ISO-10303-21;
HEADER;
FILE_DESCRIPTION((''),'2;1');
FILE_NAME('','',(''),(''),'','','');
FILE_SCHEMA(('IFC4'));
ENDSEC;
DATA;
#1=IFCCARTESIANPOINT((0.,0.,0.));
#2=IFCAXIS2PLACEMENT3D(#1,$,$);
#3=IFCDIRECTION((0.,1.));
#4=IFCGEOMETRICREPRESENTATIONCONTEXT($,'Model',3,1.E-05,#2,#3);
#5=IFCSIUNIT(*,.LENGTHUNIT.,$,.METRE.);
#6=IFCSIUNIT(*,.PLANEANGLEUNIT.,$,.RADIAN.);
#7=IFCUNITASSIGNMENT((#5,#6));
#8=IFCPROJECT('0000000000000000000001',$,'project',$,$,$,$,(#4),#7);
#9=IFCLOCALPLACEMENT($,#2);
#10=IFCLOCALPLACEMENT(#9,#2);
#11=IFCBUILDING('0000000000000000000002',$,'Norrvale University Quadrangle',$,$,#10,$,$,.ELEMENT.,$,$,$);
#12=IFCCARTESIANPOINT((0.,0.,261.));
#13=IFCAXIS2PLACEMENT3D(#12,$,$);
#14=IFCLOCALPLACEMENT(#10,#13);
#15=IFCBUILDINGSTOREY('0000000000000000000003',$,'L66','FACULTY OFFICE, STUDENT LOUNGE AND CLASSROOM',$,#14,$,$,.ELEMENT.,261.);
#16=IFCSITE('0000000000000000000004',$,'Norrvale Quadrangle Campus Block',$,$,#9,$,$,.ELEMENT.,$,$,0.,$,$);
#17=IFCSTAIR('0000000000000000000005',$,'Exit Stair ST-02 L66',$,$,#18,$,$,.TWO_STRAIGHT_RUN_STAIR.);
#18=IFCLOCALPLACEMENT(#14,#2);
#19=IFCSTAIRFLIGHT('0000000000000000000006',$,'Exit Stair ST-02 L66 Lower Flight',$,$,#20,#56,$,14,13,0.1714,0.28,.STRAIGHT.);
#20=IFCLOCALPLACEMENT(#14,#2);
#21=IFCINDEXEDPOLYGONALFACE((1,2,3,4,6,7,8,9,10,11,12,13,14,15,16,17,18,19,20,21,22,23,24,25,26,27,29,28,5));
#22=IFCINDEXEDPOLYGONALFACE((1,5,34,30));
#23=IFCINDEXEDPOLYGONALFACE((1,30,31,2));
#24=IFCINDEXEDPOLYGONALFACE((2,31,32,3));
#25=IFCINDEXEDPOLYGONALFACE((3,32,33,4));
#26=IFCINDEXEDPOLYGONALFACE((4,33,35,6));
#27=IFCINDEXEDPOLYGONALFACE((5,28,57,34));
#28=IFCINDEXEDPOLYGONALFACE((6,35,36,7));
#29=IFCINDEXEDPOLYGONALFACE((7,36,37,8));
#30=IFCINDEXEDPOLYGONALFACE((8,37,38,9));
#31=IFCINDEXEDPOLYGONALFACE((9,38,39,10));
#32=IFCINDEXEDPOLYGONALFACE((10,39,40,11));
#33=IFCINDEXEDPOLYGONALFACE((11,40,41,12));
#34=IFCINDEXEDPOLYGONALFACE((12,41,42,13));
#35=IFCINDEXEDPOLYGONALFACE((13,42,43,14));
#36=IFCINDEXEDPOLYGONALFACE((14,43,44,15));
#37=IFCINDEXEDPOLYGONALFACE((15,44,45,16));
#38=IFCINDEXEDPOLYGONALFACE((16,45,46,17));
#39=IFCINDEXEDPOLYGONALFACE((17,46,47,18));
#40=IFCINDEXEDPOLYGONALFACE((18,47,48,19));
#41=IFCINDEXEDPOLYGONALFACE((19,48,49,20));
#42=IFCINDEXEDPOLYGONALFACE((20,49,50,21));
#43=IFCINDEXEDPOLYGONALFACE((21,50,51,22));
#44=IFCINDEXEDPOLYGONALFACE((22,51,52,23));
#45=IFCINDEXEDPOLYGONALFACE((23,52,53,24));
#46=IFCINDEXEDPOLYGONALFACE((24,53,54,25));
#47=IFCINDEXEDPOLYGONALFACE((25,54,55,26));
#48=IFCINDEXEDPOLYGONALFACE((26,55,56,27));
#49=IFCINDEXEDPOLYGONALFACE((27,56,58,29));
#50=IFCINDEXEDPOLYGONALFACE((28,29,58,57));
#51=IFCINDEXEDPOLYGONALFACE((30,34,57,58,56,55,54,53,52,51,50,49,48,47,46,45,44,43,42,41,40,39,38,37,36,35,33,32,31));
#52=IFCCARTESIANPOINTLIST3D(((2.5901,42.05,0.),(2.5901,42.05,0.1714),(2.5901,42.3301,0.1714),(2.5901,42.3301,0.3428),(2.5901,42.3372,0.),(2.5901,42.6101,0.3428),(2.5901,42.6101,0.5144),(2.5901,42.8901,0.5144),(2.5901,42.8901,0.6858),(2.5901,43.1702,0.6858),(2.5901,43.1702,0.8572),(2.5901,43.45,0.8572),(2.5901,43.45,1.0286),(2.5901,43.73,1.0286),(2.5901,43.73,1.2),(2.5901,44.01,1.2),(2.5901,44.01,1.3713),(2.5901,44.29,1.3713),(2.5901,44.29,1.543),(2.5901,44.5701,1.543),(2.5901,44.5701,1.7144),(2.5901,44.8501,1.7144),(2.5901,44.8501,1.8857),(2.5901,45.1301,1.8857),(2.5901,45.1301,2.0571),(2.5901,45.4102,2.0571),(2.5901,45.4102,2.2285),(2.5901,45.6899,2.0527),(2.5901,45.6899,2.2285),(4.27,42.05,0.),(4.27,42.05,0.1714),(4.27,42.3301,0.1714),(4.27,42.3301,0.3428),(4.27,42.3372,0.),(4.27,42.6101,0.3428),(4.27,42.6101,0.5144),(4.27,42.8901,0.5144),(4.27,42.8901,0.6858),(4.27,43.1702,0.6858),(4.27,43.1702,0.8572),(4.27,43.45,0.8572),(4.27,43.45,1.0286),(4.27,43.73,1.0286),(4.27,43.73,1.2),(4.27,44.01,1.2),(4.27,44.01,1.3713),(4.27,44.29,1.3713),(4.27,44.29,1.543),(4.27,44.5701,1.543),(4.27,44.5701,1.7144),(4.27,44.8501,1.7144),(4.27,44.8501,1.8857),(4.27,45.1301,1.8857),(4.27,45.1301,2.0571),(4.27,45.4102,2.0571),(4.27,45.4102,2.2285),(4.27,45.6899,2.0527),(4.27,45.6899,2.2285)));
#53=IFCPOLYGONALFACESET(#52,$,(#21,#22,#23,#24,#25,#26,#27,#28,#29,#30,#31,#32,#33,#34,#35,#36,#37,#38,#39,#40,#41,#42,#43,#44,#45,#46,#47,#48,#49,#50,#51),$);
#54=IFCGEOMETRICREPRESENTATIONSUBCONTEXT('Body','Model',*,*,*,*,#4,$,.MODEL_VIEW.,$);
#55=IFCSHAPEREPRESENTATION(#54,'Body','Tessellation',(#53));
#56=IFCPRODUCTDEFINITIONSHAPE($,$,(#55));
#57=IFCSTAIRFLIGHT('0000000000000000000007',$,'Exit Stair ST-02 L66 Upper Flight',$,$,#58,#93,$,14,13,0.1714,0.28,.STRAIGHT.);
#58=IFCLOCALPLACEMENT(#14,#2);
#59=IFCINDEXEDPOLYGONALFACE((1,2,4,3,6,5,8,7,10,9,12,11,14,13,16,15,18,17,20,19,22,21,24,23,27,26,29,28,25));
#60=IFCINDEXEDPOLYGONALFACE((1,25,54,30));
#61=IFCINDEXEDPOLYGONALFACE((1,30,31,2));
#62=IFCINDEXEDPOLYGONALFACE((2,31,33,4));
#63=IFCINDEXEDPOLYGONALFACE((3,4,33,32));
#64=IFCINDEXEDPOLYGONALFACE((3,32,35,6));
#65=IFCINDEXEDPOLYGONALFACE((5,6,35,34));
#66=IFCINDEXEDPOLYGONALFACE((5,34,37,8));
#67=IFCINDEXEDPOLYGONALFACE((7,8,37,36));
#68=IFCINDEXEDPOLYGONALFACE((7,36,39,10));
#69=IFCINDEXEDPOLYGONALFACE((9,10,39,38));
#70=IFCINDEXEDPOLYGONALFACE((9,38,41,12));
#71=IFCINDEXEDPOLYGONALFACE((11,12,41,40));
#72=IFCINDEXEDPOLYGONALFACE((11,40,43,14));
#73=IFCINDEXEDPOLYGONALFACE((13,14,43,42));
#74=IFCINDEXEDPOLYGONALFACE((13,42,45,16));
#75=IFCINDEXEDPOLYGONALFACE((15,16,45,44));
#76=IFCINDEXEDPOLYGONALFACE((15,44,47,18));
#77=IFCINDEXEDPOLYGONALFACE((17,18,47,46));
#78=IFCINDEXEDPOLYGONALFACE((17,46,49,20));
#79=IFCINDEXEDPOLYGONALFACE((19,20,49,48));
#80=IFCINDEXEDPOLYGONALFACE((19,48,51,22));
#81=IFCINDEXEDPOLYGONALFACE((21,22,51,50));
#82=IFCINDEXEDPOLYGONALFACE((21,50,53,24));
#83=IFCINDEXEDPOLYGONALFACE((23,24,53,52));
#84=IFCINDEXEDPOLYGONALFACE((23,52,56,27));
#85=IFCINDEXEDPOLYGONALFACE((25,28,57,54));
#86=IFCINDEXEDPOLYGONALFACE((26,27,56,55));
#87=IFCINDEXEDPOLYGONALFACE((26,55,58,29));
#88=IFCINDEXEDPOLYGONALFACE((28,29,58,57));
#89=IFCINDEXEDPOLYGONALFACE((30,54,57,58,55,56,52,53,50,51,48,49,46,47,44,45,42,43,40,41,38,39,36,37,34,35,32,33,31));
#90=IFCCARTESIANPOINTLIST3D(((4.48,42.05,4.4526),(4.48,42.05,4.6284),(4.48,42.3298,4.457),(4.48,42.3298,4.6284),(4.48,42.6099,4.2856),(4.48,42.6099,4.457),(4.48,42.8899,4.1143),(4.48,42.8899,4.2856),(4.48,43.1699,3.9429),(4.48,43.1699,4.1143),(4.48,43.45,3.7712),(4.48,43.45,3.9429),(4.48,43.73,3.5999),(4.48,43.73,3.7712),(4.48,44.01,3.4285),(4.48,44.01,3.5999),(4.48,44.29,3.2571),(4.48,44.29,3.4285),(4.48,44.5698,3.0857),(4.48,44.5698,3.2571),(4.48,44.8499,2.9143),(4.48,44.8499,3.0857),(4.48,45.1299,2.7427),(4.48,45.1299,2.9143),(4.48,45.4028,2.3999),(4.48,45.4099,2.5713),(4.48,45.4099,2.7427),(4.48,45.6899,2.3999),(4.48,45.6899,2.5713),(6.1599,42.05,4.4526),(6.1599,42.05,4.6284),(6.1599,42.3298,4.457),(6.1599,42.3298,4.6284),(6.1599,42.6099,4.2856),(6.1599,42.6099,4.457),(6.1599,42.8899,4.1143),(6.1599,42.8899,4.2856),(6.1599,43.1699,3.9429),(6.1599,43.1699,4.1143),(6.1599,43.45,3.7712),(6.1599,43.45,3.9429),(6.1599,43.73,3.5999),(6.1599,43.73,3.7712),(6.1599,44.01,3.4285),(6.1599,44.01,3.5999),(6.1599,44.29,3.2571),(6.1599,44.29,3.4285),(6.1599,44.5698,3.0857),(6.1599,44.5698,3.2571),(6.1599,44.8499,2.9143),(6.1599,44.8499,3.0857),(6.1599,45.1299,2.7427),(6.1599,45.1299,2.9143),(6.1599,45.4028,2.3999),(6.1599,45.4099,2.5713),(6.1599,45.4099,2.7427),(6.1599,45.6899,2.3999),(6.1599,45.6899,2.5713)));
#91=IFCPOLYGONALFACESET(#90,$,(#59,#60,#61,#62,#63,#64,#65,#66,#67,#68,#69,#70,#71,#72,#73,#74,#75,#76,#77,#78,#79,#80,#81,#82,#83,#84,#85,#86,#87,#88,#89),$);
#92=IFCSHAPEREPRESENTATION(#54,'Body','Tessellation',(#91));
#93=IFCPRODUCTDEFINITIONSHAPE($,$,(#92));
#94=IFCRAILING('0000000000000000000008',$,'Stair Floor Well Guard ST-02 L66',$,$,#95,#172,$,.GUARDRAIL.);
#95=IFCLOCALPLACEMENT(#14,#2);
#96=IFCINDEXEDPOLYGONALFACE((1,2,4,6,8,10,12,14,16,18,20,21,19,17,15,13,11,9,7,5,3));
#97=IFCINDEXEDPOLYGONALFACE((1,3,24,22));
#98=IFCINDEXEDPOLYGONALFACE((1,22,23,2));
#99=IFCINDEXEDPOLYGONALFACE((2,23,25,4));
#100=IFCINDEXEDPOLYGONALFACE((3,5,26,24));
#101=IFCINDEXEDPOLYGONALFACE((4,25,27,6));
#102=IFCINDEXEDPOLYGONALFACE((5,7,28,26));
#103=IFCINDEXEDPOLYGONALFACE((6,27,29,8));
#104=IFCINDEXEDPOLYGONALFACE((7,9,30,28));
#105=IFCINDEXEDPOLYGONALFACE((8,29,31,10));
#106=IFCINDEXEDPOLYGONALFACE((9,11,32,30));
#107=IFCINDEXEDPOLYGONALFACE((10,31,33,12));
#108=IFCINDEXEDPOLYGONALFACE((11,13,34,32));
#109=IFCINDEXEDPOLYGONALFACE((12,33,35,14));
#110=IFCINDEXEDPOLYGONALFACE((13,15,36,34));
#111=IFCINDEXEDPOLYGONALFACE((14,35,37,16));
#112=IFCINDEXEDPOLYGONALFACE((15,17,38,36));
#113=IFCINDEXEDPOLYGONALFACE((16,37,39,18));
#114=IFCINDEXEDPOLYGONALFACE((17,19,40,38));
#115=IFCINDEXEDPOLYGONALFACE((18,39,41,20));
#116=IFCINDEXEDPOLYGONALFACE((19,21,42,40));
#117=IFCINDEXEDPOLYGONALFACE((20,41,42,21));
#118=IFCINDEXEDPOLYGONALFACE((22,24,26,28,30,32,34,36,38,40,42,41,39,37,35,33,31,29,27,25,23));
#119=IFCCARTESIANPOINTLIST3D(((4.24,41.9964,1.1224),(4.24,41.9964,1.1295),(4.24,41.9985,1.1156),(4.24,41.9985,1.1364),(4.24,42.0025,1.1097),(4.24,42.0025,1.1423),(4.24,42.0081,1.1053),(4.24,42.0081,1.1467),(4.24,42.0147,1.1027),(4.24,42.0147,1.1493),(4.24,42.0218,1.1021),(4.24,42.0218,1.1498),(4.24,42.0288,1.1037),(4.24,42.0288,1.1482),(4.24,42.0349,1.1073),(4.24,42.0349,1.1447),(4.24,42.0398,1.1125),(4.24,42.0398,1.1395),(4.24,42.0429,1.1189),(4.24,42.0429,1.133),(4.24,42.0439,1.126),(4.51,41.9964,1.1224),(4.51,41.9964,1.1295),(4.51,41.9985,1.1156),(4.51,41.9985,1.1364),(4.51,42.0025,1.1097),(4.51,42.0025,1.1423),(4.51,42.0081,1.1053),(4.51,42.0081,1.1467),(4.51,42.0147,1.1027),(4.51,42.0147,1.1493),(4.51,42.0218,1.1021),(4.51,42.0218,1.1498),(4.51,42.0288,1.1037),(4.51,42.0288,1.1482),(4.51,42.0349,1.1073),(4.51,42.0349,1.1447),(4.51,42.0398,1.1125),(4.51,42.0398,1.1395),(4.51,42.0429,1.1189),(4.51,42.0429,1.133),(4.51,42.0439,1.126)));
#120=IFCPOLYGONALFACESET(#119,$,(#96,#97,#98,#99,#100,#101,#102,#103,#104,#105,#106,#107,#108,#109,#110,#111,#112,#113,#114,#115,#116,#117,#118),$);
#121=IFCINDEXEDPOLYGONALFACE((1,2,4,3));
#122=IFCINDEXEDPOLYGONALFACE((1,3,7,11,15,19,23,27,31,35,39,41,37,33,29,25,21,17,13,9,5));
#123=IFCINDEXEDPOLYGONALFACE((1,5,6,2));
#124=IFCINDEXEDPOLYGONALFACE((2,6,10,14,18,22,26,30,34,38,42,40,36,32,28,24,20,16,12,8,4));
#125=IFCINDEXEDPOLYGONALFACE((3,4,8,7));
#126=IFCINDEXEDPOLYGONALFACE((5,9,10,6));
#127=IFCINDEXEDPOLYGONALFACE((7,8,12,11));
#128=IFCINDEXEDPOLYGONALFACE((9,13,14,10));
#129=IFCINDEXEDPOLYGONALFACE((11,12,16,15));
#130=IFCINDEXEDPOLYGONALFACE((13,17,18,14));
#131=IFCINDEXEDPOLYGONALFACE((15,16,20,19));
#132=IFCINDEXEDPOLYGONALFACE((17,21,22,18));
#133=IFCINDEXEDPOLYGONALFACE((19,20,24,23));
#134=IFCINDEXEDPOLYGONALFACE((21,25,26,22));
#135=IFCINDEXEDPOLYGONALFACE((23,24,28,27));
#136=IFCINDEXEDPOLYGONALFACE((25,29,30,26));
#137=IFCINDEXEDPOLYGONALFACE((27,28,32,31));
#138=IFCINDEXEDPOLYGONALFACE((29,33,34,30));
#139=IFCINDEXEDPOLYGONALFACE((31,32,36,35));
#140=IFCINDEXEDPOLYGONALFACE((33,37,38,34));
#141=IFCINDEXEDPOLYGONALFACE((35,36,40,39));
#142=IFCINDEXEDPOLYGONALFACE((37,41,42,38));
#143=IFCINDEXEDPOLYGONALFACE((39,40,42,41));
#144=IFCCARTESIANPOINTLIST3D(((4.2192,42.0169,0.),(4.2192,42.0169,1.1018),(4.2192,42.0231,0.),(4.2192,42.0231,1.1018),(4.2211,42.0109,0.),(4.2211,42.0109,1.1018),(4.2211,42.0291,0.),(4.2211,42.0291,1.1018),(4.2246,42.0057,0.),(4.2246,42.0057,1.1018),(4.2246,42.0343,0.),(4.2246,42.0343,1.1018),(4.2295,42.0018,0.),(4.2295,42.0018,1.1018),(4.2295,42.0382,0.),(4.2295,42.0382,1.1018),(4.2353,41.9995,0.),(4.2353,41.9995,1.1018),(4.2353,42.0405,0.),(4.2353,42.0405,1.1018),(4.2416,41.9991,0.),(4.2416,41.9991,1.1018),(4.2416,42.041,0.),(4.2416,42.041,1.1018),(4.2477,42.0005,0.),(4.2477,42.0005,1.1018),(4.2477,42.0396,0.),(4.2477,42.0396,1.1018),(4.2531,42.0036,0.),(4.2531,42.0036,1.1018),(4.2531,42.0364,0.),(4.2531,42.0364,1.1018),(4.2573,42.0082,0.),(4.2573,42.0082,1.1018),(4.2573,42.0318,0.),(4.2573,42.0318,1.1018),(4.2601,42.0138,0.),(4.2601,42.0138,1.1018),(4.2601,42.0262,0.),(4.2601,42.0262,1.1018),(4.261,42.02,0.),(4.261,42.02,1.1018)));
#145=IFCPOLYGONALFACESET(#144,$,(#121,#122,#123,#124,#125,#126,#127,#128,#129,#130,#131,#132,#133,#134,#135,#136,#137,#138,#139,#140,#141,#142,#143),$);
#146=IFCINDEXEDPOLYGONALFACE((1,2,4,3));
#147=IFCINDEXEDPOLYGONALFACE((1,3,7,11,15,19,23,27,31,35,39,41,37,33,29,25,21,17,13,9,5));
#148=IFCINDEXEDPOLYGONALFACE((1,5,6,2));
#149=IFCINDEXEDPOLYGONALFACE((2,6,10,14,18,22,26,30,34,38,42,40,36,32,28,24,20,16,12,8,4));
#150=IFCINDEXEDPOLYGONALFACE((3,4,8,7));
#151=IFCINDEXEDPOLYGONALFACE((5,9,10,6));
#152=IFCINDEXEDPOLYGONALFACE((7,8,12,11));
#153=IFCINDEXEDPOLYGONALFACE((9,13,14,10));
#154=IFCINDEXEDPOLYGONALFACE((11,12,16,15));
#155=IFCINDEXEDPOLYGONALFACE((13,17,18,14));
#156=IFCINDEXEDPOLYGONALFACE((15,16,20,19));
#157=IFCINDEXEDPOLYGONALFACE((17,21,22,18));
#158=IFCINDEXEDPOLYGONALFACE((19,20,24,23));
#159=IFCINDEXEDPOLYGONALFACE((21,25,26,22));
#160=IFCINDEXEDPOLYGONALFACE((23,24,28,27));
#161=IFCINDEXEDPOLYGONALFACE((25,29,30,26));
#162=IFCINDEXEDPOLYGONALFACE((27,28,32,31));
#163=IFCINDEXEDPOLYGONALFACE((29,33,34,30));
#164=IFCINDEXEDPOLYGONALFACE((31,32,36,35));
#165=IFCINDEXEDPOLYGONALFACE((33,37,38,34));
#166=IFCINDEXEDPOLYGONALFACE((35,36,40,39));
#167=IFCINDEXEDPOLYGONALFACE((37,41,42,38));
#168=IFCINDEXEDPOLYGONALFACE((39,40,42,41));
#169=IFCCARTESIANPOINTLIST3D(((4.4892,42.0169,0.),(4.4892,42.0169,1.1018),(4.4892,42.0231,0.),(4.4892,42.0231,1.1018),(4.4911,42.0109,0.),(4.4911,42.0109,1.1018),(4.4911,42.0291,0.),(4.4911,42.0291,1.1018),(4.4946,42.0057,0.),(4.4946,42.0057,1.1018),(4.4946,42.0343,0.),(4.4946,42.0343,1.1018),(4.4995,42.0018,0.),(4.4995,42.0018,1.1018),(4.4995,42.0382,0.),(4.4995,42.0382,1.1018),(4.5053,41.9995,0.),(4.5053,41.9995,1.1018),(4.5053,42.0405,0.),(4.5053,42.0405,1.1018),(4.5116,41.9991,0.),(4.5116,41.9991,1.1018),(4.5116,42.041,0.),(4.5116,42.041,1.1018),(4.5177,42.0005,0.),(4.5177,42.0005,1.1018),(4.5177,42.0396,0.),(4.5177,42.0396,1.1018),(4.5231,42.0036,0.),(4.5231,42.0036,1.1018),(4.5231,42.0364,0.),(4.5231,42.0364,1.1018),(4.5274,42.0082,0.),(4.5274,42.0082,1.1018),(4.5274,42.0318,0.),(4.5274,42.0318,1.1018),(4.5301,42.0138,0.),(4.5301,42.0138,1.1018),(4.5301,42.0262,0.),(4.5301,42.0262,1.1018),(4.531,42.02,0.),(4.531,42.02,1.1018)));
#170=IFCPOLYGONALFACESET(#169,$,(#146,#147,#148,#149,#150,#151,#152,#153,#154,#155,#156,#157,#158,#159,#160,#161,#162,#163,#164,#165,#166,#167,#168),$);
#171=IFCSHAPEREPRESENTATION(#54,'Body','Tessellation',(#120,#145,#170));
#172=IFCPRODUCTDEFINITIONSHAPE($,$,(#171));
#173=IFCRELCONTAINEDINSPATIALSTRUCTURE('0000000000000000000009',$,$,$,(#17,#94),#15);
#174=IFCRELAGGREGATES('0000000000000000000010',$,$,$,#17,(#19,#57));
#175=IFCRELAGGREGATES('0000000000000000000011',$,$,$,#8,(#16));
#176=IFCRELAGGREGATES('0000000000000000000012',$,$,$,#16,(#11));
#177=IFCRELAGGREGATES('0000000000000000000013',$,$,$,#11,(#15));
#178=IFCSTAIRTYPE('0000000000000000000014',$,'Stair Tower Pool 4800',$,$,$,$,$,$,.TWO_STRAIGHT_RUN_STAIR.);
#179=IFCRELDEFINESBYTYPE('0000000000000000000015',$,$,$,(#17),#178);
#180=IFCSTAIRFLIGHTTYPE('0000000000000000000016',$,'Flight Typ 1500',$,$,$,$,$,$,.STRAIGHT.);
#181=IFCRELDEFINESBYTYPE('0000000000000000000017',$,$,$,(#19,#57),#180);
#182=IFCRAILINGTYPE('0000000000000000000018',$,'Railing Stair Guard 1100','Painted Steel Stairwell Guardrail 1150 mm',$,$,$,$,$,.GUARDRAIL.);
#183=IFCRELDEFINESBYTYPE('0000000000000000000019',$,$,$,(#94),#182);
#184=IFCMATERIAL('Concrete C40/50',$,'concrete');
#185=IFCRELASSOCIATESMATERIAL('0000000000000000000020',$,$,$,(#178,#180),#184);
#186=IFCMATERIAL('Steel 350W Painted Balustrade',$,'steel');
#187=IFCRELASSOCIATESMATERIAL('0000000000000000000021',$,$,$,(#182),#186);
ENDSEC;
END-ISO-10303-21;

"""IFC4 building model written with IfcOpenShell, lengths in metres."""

from ifc_helpers import new_model, si_unit, direction, frame, origin, origin_2d, place, context, subcontext, project, spatial, polyline, circle, outline, extrude, material, type_object, element, aggregate, save


model = new_model("IFC4")

# Units and contexts
model_context = context("Model", 3, precision=1e-05, world=origin(), true_north=direction((0.0, 1.0)))
body_context = subcontext(model_context, "Body", "Model", "MODEL_VIEW")
ifc_project = project(units=[si_unit("LENGTHUNIT", "METRE"), si_unit("PLANEANGLEUNIT", "RADIAN")], contexts=[model_context])

# Site, building, storey
site_placement = place(None, origin())
site = spatial("IfcSite", under=ifc_project, at=site_placement, Name="Norrvale Quadrangle Campus Block", CompositionType="ELEMENT", RefElevation=0.0)
building_placement = place(site_placement, origin())
building = spatial("IfcBuilding", under=site, at=building_placement, Name="Norrvale University Quadrangle", CompositionType="ELEMENT")
storey_placement = place(building_placement, frame((0.0, 0.0, 261.0)))
storey = spatial("IfcBuildingStorey", under=building, at=storey_placement, Name="L66", Description="FACULTY OFFICE, STUDENT LOUNGE AND CLASSROOM", CompositionType="ELEMENT", Elevation=261.0)

# Stair, stair flights
ifc_material_1 = material(Name="Concrete C40/50", Category="concrete")
stair_type = type_object("IfcStairType", Name="Stair Tower Pool 4800", PredefinedType="TWO_STRAIGHT_RUN_STAIR", material=ifc_material_1)
stair_placement = place(storey_placement, origin())
stair = element("IfcStair", 1, at=stair_placement, inside=storey, type_object=stair_type, Name="Exit Stair ST-02 L66", PredefinedType="TWO_STRAIGHT_RUN_STAIR")
stair_flight_type = type_object("IfcStairFlightType", Name="Flight Typ 1500", PredefinedType="STRAIGHT", material=ifc_material_1)
stair_flight_1_placement = place(storey_placement, frame((3.4299, 42.05, 0.0), z_axis=(0.0, 0.0, 1.0), x_axis=(0.0, 1.0, 0.0)))
stair_flight_1 = element("IfcStairFlight", 2, at=stair_flight_1_placement, type_object=stair_flight_type, Name="Exit Stair ST-02 L66 Lower Flight", NumberOfRisers=14, NumberOfTreads=13, PredefinedType="STRAIGHT", RiserHeight=0.1714, TreadLength=0.28, context=body_context, shape_type="SweptSolid", body=[
    extrude(outline(polyline([(0.0, 0.0), (0.0, 0.1714), (0.28, 0.1714), (0.28, 0.3428), (0.5601, 0.3428), (0.5601, 0.5144), (0.8401, 0.5144), (0.8401, 0.6858), (1.1201, 0.6858), (1.1201, 0.8572), (1.3999, 0.8572), (1.3999, 1.0286), (1.6799, 1.0286), (1.6799, 1.2), (1.96, 1.2), (1.96, 1.3713), (2.24, 1.3713), (2.24, 1.543), (2.52, 1.543), (2.52, 1.7144), (2.8, 1.7144), (2.8, 1.8857), (3.0801, 1.8857), (3.0801, 2.0571), (3.3601, 2.0571), (3.3601, 2.2285), (3.6399, 2.2285), (3.6399, 2.3999), (3.6399, 2.0527), (0.2871, 0.0), (0.0, 0.0)])), frame((0.0, 0.8398, 0.0), z_axis=(0.0, -1.0, 0.0), x_axis=(1.0, 0.0, 0.0)), (0.0, 0.0, 1.0), 1.6799),
])
stair_flight_2_placement = place(storey_placement, frame((5.3201, 45.6899, 2.3999), z_axis=(0.0, 0.0, 1.0), x_axis=(0.0, -1.0, 0.0)))
stair_flight_2 = element("IfcStairFlight", 3, at=stair_flight_2_placement, type_object=stair_flight_type, Name="Exit Stair ST-02 L66 Upper Flight", NumberOfRisers=14, NumberOfTreads=13, PredefinedType="STRAIGHT", RiserHeight=0.1714, TreadLength=0.28, context=body_context, shape_type="SweptSolid", body=[
    extrude(outline(polyline([(0.0, 0.0), (0.0, 0.1714), (0.28, 0.1714), (0.28, 0.3428), (0.5601, 0.3428), (0.5601, 0.5144), (0.8401, 0.5144), (0.8401, 0.6858), (1.1201, 0.6858), (1.1201, 0.8572), (1.3999, 0.8572), (1.3999, 1.0286), (1.6799, 1.0286), (1.6799, 1.2), (1.96, 1.2), (1.96, 1.3713), (2.24, 1.3713), (2.24, 1.543), (2.52, 1.543), (2.52, 1.7144), (2.8, 1.7144), (2.8, 1.8857), (3.0801, 1.8857), (3.0801, 2.0571), (3.3601, 2.0571), (3.3601, 2.2285), (3.6399, 2.2285), (3.6399, 2.3999), (3.6399, 2.0527), (0.2871, 0.0), (0.0, 0.0)])), frame((0.0, 0.8398, 0.0), z_axis=(0.0, -1.0, 0.0), x_axis=(1.0, 0.0, 0.0)), (0.0, 0.0, 1.0), 1.6799),
])
aggregate(stair, [stair_flight_1, stair_flight_2])

# Railing
ifc_material_2 = material(Name="Steel 350W Painted Balustrade", Category="steel")
railing_type_1 = type_object("IfcRailingType", Name="Railing Stair Guard 1100", Description="Painted Steel Stairwell Guardrail 1150 mm", PredefinedType="GUARDRAIL", material=ifc_material_2)
for number, where, name in (
    (4, (4.24, 42.02, 0.0), "Stair Floor Well Guard ST-02 L66"),
):
    element("IfcRailing", number, at=place(storey_placement, frame(where)), inside=storey, type_object=railing_type_1, Name=name, PredefinedType="GUARDRAIL", context=body_context, shape_type="SweptSolid", body=[
        extrude(circle(Radius=0.0239, at=origin_2d()), frame((0.0, 0.0, 1.126), z_axis=(1.0, 0.0, 0.0), x_axis=(0.0, 1.0, 0.0)), (0.0, 0.0, 1.0), 0.27),
        extrude(circle(Radius=0.021, at=origin_2d()), origin(), (0.0, 0.0, 1.0), 1.1018),
        extrude(circle(Radius=0.021, at=origin_2d()), frame((0.27, 0.0, 0.0)), (0.0, 0.0, 1.0), 1.1018),
    ])

save(model, "model.ifc")
